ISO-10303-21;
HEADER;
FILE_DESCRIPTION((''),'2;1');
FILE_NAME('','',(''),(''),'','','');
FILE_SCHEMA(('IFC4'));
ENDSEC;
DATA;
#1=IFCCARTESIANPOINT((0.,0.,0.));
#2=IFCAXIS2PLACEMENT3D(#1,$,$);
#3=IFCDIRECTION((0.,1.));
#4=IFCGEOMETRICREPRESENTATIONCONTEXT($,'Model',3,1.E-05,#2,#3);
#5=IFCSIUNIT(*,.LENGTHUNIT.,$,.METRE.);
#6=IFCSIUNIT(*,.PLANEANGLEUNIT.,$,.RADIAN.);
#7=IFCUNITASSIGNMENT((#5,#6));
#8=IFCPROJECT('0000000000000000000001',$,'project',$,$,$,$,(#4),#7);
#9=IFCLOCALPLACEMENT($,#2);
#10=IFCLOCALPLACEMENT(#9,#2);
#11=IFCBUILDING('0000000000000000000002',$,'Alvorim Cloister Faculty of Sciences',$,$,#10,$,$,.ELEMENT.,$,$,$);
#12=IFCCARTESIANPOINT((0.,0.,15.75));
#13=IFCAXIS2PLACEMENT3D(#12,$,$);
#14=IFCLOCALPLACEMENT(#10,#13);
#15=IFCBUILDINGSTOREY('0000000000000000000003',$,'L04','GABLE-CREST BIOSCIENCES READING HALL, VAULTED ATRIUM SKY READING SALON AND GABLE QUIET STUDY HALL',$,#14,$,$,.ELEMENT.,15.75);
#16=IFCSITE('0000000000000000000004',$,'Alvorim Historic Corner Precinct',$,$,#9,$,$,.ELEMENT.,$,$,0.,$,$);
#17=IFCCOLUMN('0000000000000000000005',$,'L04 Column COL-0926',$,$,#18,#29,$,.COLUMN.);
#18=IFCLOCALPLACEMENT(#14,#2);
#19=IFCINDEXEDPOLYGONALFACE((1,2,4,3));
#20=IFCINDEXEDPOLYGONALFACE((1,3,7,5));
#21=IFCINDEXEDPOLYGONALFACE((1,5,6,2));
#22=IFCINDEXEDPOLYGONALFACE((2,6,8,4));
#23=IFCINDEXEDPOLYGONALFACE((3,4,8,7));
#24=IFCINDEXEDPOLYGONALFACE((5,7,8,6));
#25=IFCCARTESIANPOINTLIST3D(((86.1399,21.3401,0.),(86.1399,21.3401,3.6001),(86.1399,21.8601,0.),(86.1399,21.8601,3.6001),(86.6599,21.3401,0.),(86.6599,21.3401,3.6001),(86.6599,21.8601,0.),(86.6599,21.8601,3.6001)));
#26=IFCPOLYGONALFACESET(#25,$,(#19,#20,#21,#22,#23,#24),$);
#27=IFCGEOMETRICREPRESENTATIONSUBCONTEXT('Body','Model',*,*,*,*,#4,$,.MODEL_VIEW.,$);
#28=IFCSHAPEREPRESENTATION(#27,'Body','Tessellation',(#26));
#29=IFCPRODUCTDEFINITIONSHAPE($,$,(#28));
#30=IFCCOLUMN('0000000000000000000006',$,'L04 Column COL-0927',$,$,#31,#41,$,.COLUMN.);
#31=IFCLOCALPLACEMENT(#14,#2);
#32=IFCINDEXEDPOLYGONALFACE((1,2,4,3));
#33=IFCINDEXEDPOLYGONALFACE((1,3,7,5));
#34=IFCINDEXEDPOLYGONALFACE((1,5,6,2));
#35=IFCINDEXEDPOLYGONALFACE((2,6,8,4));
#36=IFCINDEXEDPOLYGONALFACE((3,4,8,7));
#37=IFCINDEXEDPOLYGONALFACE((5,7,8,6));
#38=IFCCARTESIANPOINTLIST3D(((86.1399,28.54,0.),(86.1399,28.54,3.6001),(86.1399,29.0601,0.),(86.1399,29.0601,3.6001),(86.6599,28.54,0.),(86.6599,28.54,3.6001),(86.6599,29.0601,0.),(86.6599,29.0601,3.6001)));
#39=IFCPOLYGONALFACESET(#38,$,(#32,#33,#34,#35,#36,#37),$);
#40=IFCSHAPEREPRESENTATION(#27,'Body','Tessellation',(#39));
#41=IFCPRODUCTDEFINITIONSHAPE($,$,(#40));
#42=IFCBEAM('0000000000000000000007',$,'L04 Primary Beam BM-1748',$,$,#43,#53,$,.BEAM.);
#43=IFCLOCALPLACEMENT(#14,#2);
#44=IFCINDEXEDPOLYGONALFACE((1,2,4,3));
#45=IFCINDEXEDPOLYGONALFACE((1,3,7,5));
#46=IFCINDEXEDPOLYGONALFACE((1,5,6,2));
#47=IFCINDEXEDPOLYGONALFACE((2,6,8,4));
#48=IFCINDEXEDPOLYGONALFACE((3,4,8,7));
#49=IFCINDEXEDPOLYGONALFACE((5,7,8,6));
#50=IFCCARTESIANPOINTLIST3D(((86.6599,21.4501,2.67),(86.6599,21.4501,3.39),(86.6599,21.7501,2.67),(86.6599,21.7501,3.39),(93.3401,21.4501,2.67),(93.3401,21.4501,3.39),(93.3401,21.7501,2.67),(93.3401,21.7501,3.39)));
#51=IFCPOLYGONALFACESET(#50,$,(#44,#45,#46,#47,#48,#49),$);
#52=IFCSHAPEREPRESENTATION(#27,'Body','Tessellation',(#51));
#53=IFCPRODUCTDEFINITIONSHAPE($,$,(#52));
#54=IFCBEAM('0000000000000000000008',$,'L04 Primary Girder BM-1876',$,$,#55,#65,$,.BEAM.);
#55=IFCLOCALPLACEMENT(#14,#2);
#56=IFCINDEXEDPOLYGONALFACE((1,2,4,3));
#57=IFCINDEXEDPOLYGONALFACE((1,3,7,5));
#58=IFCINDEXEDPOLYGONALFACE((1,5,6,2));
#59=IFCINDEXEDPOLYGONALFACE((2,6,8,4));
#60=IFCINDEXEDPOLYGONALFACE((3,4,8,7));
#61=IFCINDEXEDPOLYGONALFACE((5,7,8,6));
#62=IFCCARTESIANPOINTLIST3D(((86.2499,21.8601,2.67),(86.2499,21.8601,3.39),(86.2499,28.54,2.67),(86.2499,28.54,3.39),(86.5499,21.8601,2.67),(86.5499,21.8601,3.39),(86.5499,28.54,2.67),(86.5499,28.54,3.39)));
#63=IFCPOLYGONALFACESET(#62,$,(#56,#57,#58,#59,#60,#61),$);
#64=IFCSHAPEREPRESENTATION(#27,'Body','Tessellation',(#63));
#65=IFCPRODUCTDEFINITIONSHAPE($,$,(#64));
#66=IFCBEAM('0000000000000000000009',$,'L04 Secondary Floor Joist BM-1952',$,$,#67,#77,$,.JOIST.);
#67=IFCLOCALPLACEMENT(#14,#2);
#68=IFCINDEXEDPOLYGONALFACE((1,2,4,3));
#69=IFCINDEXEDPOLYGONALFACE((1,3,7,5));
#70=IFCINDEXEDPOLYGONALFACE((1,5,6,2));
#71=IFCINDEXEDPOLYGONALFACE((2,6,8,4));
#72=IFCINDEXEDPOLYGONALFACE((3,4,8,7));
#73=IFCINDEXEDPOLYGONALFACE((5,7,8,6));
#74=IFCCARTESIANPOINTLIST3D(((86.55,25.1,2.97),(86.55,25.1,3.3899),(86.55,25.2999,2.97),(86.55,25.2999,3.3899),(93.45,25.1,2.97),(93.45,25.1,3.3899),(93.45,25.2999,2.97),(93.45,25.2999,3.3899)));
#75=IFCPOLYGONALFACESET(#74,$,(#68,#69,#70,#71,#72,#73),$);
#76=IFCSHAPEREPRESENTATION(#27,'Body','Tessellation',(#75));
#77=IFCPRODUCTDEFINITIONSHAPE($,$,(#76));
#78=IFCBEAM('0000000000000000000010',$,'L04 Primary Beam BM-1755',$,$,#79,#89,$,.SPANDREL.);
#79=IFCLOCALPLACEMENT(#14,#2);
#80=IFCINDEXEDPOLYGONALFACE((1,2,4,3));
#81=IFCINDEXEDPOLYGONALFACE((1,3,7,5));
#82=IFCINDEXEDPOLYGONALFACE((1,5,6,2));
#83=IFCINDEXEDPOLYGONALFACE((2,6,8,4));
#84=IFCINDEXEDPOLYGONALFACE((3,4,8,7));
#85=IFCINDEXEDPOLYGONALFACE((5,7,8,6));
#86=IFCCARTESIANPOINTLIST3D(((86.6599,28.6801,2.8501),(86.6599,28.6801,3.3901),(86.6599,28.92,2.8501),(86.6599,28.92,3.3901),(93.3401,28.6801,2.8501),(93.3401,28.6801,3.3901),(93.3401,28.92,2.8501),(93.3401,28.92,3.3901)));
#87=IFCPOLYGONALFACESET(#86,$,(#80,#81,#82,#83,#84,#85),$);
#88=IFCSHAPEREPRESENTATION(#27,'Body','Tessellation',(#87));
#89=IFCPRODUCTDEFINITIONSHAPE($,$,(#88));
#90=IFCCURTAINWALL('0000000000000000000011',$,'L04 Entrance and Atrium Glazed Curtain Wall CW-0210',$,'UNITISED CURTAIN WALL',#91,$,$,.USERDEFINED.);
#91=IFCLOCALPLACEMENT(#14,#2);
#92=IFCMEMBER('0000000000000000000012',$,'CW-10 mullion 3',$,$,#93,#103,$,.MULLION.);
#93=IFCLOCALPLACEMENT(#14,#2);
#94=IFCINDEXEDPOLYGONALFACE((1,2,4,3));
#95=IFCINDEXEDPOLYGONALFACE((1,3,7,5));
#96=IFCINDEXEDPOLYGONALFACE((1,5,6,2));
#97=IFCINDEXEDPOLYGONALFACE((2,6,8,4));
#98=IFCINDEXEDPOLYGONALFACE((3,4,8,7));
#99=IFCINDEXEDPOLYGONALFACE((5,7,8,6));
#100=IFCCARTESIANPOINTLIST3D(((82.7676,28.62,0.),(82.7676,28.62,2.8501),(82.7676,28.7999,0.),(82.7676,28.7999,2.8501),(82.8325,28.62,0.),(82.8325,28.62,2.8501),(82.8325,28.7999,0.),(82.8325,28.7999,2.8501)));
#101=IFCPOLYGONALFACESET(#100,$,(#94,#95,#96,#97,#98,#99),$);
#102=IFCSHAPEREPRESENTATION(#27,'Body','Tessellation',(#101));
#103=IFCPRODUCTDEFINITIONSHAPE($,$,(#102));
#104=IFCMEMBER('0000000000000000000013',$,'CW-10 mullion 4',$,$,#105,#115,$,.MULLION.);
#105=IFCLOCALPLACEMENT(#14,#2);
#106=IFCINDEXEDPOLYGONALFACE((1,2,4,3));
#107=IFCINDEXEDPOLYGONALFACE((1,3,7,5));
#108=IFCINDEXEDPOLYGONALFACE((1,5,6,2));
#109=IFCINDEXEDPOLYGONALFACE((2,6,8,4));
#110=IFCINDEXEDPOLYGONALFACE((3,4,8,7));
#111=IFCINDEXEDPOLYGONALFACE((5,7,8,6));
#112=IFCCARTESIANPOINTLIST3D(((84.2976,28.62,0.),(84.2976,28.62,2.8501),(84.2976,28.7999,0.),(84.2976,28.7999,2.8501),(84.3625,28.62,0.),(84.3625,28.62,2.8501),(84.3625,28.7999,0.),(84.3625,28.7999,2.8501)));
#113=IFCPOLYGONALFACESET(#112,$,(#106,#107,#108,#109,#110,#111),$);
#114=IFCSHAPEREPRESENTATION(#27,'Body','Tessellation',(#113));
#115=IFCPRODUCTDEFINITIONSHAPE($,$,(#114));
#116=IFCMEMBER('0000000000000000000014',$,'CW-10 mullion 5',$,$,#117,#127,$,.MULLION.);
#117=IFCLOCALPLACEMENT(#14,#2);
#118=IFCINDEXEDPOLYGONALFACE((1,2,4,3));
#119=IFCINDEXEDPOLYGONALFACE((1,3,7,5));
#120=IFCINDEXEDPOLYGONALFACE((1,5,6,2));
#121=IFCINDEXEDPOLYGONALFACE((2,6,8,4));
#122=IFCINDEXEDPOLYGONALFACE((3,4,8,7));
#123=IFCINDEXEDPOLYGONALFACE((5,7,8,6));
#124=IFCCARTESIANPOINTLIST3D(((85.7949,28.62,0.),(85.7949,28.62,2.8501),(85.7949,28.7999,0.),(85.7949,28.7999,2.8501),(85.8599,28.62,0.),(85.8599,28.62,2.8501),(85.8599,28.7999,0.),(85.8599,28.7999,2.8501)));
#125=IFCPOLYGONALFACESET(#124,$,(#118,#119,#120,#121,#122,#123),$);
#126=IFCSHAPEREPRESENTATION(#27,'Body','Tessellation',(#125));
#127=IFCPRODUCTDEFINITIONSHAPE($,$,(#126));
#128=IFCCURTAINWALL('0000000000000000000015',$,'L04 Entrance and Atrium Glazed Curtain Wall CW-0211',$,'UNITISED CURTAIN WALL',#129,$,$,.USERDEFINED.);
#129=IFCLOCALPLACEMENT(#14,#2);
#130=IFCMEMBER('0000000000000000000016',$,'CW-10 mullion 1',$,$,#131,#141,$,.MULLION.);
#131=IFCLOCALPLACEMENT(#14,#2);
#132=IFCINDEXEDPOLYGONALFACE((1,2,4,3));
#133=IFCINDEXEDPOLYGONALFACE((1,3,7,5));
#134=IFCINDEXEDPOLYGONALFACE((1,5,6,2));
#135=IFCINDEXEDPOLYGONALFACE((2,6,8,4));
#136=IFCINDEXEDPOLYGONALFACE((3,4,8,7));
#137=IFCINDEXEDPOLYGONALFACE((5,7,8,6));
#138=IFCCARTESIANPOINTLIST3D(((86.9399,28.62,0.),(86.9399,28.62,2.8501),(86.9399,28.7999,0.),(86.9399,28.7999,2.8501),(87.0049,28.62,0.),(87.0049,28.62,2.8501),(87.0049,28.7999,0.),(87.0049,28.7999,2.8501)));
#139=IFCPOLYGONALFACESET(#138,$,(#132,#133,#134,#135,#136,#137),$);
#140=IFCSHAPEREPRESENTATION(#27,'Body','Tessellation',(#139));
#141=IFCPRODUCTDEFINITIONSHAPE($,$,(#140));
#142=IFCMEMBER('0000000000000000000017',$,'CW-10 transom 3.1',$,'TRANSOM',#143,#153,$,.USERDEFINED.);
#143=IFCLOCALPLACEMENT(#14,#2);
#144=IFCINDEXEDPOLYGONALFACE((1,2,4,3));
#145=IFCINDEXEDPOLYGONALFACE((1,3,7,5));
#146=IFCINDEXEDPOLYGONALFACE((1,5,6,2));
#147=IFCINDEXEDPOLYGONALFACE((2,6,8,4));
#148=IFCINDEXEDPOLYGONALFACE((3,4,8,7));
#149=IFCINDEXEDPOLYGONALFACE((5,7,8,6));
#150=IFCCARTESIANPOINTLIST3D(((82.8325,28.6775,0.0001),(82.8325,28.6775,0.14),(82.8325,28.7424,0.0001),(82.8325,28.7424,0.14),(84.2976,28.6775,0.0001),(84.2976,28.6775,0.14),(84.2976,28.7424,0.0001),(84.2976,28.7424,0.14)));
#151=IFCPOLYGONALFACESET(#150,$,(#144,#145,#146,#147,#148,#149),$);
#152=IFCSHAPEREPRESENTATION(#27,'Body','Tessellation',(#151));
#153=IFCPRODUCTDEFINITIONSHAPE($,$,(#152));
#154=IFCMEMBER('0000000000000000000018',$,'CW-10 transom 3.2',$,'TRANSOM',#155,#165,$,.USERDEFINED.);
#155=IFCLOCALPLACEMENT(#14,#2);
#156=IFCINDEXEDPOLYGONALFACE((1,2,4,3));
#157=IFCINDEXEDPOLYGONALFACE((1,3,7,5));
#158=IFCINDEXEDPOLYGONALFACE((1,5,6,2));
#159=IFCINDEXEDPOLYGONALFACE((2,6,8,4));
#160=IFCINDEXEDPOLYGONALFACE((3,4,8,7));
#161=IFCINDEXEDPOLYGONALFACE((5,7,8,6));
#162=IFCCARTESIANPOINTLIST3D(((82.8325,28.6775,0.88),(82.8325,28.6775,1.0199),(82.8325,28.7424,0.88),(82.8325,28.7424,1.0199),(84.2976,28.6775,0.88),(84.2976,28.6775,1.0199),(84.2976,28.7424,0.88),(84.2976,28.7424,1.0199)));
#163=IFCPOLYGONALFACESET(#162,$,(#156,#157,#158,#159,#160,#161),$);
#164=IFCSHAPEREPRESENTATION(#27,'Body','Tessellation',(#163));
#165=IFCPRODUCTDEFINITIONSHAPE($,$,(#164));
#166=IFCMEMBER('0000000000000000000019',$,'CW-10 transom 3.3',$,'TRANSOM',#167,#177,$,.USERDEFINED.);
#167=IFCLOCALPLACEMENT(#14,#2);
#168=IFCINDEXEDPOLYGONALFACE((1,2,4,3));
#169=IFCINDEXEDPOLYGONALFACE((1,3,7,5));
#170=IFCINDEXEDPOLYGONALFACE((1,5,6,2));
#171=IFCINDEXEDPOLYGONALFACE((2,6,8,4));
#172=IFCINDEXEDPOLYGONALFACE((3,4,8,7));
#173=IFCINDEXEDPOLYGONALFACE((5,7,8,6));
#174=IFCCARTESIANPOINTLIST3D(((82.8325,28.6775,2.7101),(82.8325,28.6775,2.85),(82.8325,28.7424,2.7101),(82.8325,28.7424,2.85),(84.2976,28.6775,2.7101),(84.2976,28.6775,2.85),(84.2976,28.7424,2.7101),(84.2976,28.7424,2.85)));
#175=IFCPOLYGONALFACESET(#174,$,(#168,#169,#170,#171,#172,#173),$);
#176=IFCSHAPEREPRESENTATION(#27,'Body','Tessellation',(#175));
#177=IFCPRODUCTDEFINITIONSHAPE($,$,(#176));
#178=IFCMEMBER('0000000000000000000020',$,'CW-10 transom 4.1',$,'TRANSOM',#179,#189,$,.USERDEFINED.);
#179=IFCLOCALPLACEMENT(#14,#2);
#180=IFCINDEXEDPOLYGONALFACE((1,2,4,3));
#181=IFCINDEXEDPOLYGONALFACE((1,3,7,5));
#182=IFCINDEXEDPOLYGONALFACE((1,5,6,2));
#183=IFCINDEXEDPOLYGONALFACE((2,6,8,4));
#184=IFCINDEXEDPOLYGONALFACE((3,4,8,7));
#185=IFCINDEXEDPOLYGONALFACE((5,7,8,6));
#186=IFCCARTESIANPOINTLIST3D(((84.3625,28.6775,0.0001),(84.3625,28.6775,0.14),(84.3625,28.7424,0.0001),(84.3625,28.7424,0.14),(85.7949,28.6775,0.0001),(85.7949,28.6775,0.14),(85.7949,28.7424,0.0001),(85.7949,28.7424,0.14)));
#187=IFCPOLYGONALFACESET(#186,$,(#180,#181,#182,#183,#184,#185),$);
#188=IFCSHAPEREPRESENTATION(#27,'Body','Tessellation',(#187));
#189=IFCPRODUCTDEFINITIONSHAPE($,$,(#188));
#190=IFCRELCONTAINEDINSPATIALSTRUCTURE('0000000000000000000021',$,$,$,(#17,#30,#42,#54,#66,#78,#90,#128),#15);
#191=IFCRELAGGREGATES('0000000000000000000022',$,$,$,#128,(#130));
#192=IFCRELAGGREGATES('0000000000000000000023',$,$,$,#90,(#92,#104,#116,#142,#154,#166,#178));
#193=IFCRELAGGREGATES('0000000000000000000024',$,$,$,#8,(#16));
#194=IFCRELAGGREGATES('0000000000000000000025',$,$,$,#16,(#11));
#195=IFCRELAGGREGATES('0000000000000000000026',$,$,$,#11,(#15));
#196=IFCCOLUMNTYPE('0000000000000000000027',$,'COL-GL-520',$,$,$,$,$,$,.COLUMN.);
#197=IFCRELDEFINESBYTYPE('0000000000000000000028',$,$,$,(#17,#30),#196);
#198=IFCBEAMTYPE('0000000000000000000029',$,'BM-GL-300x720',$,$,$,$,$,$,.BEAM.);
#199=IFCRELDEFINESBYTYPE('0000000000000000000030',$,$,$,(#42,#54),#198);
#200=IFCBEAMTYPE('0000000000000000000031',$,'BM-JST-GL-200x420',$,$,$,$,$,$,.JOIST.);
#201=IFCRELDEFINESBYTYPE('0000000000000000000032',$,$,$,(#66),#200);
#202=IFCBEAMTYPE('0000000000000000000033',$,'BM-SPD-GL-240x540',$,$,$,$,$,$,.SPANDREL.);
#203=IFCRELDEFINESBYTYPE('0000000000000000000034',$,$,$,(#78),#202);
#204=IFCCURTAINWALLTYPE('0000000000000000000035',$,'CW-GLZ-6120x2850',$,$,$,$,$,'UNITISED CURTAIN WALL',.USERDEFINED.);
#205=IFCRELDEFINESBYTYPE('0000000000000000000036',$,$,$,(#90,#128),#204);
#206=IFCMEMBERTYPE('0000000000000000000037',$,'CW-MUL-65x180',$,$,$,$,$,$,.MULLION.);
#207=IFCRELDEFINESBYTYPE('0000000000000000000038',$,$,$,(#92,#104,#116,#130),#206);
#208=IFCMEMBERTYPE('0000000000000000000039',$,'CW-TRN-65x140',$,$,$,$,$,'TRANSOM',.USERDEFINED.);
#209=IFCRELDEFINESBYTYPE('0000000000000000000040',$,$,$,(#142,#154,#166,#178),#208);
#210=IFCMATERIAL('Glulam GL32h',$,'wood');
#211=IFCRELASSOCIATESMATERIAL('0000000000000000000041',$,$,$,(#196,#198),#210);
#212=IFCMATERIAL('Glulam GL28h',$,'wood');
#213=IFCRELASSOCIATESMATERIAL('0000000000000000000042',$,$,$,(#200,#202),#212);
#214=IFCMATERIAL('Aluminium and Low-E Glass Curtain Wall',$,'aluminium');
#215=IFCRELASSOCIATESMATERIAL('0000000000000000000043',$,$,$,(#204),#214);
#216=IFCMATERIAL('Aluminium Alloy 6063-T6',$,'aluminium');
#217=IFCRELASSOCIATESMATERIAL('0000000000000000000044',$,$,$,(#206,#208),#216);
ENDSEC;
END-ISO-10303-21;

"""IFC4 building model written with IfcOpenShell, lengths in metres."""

from ifc_helpers import new_model, si_unit, direction, frame, origin, origin_2d, place, context, subcontext, project, spatial, rectangle, extrude, material, material_profile, profile_set, type_object, element, aggregate, save


model = new_model("IFC4")

# Units and contexts
model_context = context("Model", 3, precision=1e-05, world=origin(), true_north=direction((0.0, 1.0)))
body_context = subcontext(model_context, "Body", "Model", "MODEL_VIEW")
ifc_project = project(units=[si_unit("LENGTHUNIT", "METRE"), si_unit("PLANEANGLEUNIT", "RADIAN")], contexts=[model_context])

# Site, building, storey
site_placement = place(None, origin())
site = spatial("IfcSite", under=ifc_project, at=site_placement, Name="Alvorim Historic Corner Precinct", CompositionType="ELEMENT", RefElevation=0.0)
building_placement = place(site_placement, origin())
building = spatial("IfcBuilding", under=site, at=building_placement, Name="Alvorim Cloister Faculty of Sciences", CompositionType="ELEMENT")
storey_placement = place(building_placement, frame((0.0, 0.0, 15.75)))
storey = spatial("IfcBuildingStorey", under=building, at=storey_placement, Name="L04", Description="GABLE-CREST BIOSCIENCES READING HALL, VAULTED ATRIUM SKY READING SALON AND GABLE QUIET STUDY HALL", CompositionType="ELEMENT", Elevation=15.75)

# Columns
ifc_material_1 = material(Name="Glulam GL32h", Category="wood")
ifc_material_profile_1 = material_profile(ifc_material_1, rectangle(XDim=0.52, YDim=0.52, at=origin_2d()), Name="GL32-COL-520x520")
ifc_profile_set_1 = profile_set([ifc_material_profile_1], Name="Glulam GL32h")
column_type = type_object("IfcColumnType", Name="COL-GL-520", PredefinedType="COLUMN", material=ifc_profile_set_1)
for number, where, z_axis, x_axis, name in (
    (1, (86.3999, 21.6001, 0.0), (0.0, 0.0, 1.0), (1.0, 0.0, 0.0), "L04 Column COL-0926"),
    (2, (86.3999, 28.8, 0.0), (0.0, 0.0, 1.0), (1.0, 0.0, 0.0), "L04 Column COL-0927"),
):
    element("IfcColumn", number, at=place(storey_placement, frame(where, z_axis=z_axis, x_axis=x_axis)), inside=storey, type_object=column_type, Name=name, PredefinedType="COLUMN", context=body_context, shape_type="SweptSolid", body=[
        extrude(rectangle(XDim=0.52, YDim=0.52, at=origin_2d()), origin(), (0.0, 0.0, 1.0), 3.6001),
    ])

# Beams
ifc_material_profile_2 = material_profile(ifc_material_1, rectangle(XDim=0.3, YDim=0.72, at=origin_2d()), Name="GL32-BM-300x720")
ifc_profile_set_2 = profile_set([ifc_material_profile_2], Name="Glulam GL32h")
beam_type_1 = type_object("IfcBeamType", Name="BM-GL-300x720", PredefinedType="BEAM", material=ifc_profile_set_2)
beam_1_placement = place(storey_placement, frame((86.6599, 21.6001, 3.03), z_axis=(1.0, 0.0, 0.0), x_axis=(0.0, 1.0, 0.0)))
element("IfcBeam", 3, at=beam_1_placement, inside=storey, type_object=beam_type_1, Name="L04 Primary Beam BM-1748", PredefinedType="BEAM", context=body_context, shape_type="SweptSolid", body=[
    extrude(rectangle(XDim=0.3, YDim=0.72, at=origin_2d()), origin(), (0.0, 0.0, 1.0), 6.6802),
])
beam_2_placement = place(storey_placement, frame((86.3999, 21.8601, 3.03), z_axis=(0.0, 1.0, 0.0), x_axis=(-1.0, 0.0, 0.0)))
element("IfcBeam", 4, at=beam_2_placement, inside=storey, type_object=beam_type_1, Name="L04 Primary Girder BM-1876", PredefinedType="BEAM", context=body_context, shape_type="SweptSolid", body=[
    extrude(rectangle(XDim=0.3, YDim=0.72, at=origin_2d()), origin(), (0.0, 0.0, 1.0), 6.6799),
])
ifc_material_2 = material(Name="Glulam GL28h", Category="wood")
ifc_material_profile_3 = material_profile(ifc_material_2, rectangle(XDim=0.2, YDim=0.4199, at=origin_2d()), Name="GL28-JST-200x420")
ifc_profile_set_3 = profile_set([ifc_material_profile_3], Name="Glulam GL28h")
beam_type_2 = type_object("IfcBeamType", Name="BM-JST-GL-200x420", PredefinedType="JOIST", material=ifc_profile_set_3)
beam_3_placement = place(storey_placement, frame((86.55, 25.2, 3.1799), z_axis=(1.0, 0.0, 0.0), x_axis=(0.0, 1.0, 0.0)))
element("IfcBeam", 5, at=beam_3_placement, inside=storey, type_object=beam_type_2, Name="L04 Secondary Floor Joist BM-1952", PredefinedType="JOIST", context=body_context, shape_type="SweptSolid", body=[
    extrude(rectangle(XDim=0.2, YDim=0.4199, at=origin_2d()), origin(), (0.0, 0.0, 1.0), 6.8999),
])
ifc_material_profile_4 = material_profile(ifc_material_2, rectangle(XDim=0.24, YDim=0.54, at=origin_2d()), Name="GL28-SPD-240x540")
ifc_profile_set_4 = profile_set([ifc_material_profile_4], Name="Glulam GL28h")
beam_type_3 = type_object("IfcBeamType", Name="BM-SPD-GL-240x540", PredefinedType="SPANDREL", material=ifc_profile_set_4)
beam_4_placement = place(storey_placement, frame((86.6599, 28.8, 3.1201), z_axis=(1.0, 0.0, 0.0), x_axis=(0.0, 1.0, 0.0)))
element("IfcBeam", 6, at=beam_4_placement, inside=storey, type_object=beam_type_3, Name="L04 Primary Beam BM-1755", PredefinedType="SPANDREL", context=body_context, shape_type="SweptSolid", body=[
    extrude(rectangle(XDim=0.24, YDim=0.54, at=origin_2d()), origin(), (0.0, 0.0, 1.0), 6.6802),
])

# Curtain wall, members
ifc_material_3 = material(Name="Aluminium and Low-E Glass Curtain Wall", Category="aluminium")
curtain_wall_type = type_object("IfcCurtainWallType", Name="CW-GLZ-6120x2850", ElementType="UNITISED CURTAIN WALL", PredefinedType="USERDEFINED", material=ifc_material_3)
curtain_wall_1_placement = place(storey_placement, origin())
curtain_wall_1 = element("IfcCurtainWall", 7, at=curtain_wall_1_placement, inside=storey, type_object=curtain_wall_type, Name="L04 Entrance and Atrium Glazed Curtain Wall CW-0210", ObjectType="UNITISED CURTAIN WALL", PredefinedType="USERDEFINED")
ifc_material_4 = material(Name="Aluminium Alloy 6063-T6", Category="aluminium")
ifc_material_profile_5 = material_profile(ifc_material_4, rectangle(XDim=0.0649, YDim=0.1799, at=origin_2d()), Name="ALU-MUL-65x180")
ifc_profile_set_5 = profile_set([ifc_material_profile_5], Name="Aluminium Alloy 6063-T6")
member_type_1 = type_object("IfcMemberType", Name="CW-MUL-65x180", PredefinedType="MULLION", material=ifc_profile_set_5)
member_1_placement = place(storey_placement, frame((82.8, 28.71, 0.0), z_axis=(0.0, 0.0, 1.0), x_axis=(1.0, 0.0, 0.0)))
member_1 = element("IfcMember", 8, at=member_1_placement, type_object=member_type_1, Name="CW-10 mullion 3", PredefinedType="MULLION", context=body_context, shape_type="SweptSolid", body=[
    extrude(rectangle(XDim=0.0649, YDim=0.1799, at=origin_2d()), origin(), (0.0, 0.0, 1.0), 2.8501),
])
member_2_placement = place(storey_placement, frame((84.3301, 28.71, 0.0), z_axis=(0.0, 0.0, 1.0), x_axis=(1.0, 0.0, 0.0)))
member_2 = element("IfcMember", 9, at=member_2_placement, type_object=member_type_1, Name="CW-10 mullion 4", PredefinedType="MULLION", context=body_context, shape_type="SweptSolid", body=[
    extrude(rectangle(XDim=0.0649, YDim=0.1799, at=origin_2d()), origin(), (0.0, 0.0, 1.0), 2.8501),
])
member_3_placement = place(storey_placement, frame((85.8274, 28.71, 0.0), z_axis=(0.0, 0.0, 1.0), x_axis=(1.0, 0.0, 0.0)))
member_3 = element("IfcMember", 10, at=member_3_placement, type_object=member_type_1, Name="CW-10 mullion 5", PredefinedType="MULLION", context=body_context, shape_type="SweptSolid", body=[
    extrude(rectangle(XDim=0.0649, YDim=0.1799, at=origin_2d()), origin(), (0.0, 0.0, 1.0), 2.8501),
])

# Curtain wall, member
curtain_wall_2_placement = place(storey_placement, origin())
curtain_wall_2 = element("IfcCurtainWall", 11, at=curtain_wall_2_placement, inside=storey, type_object=curtain_wall_type, Name="L04 Entrance and Atrium Glazed Curtain Wall CW-0211", ObjectType="UNITISED CURTAIN WALL", PredefinedType="USERDEFINED")
member_4_placement = place(storey_placement, frame((86.9724, 28.71, 0.0), z_axis=(0.0, 0.0, 1.0), x_axis=(1.0, 0.0, 0.0)))
member_4 = element("IfcMember", 12, at=member_4_placement, type_object=member_type_1, Name="CW-10 mullion 1", PredefinedType="MULLION", context=body_context, shape_type="SweptSolid", body=[
    extrude(rectangle(XDim=0.0649, YDim=0.1799, at=origin_2d()), origin(), (0.0, 0.0, 1.0), 2.8501),
])

# Members
ifc_material_profile_6 = material_profile(ifc_material_4, rectangle(XDim=0.0649, YDim=0.1399, at=origin_2d()), Name="ALU-TRN-65x140")
ifc_profile_set_6 = profile_set([ifc_material_profile_6], Name="Aluminium Alloy 6063-T6")
member_type_2 = type_object("IfcMemberType", Name="CW-TRN-65x140", ElementType="TRANSOM", PredefinedType="USERDEFINED", material=ifc_profile_set_6)
member_5_placement = place(storey_placement, frame((82.8325, 28.71, 0.0701), z_axis=(1.0, 0.0, 0.0), x_axis=(0.0, 1.0, 0.0)))
member_5 = element("IfcMember", 13, at=member_5_placement, type_object=member_type_2, Name="CW-10 transom 3.1", ObjectType="TRANSOM", PredefinedType="USERDEFINED", context=body_context, shape_type="SweptSolid", body=[
    extrude(rectangle(XDim=0.0649, YDim=0.1399, at=origin_2d()), origin(), (0.0, 0.0, 1.0), 1.4651),
])
member_6_placement = place(storey_placement, frame((82.8325, 28.71, 0.95), z_axis=(1.0, 0.0, 0.0), x_axis=(0.0, 1.0, 0.0)))
member_6 = element("IfcMember", 14, at=member_6_placement, type_object=member_type_2, Name="CW-10 transom 3.2", ObjectType="TRANSOM", PredefinedType="USERDEFINED", context=body_context, shape_type="SweptSolid", body=[
    extrude(rectangle(XDim=0.0649, YDim=0.1399, at=origin_2d()), origin(), (0.0, 0.0, 1.0), 1.4651),
])
member_7_placement = place(storey_placement, frame((82.8325, 28.71, 2.78), z_axis=(1.0, 0.0, 0.0), x_axis=(0.0, 1.0, 0.0)))
member_7 = element("IfcMember", 15, at=member_7_placement, type_object=member_type_2, Name="CW-10 transom 3.3", ObjectType="TRANSOM", PredefinedType="USERDEFINED", context=body_context, shape_type="SweptSolid", body=[
    extrude(rectangle(XDim=0.0649, YDim=0.1399, at=origin_2d()), origin(), (0.0, 0.0, 1.0), 1.4651),
])
member_8_placement = place(storey_placement, frame((84.3625, 28.71, 0.0701), z_axis=(1.0, 0.0, 0.0), x_axis=(0.0, 1.0, 0.0)))
member_8 = element("IfcMember", 16, at=member_8_placement, type_object=member_type_2, Name="CW-10 transom 4.1", ObjectType="TRANSOM", PredefinedType="USERDEFINED", context=body_context, shape_type="SweptSolid", body=[
    extrude(rectangle(XDim=0.0649, YDim=0.1399, at=origin_2d()), origin(), (0.0, 0.0, 1.0), 1.4324),
])
aggregate(curtain_wall_2, [member_4])

aggregate(curtain_wall_1, [member_1, member_2, member_3, member_5, member_6, member_7, member_8])

save(model, "model.ifc")
